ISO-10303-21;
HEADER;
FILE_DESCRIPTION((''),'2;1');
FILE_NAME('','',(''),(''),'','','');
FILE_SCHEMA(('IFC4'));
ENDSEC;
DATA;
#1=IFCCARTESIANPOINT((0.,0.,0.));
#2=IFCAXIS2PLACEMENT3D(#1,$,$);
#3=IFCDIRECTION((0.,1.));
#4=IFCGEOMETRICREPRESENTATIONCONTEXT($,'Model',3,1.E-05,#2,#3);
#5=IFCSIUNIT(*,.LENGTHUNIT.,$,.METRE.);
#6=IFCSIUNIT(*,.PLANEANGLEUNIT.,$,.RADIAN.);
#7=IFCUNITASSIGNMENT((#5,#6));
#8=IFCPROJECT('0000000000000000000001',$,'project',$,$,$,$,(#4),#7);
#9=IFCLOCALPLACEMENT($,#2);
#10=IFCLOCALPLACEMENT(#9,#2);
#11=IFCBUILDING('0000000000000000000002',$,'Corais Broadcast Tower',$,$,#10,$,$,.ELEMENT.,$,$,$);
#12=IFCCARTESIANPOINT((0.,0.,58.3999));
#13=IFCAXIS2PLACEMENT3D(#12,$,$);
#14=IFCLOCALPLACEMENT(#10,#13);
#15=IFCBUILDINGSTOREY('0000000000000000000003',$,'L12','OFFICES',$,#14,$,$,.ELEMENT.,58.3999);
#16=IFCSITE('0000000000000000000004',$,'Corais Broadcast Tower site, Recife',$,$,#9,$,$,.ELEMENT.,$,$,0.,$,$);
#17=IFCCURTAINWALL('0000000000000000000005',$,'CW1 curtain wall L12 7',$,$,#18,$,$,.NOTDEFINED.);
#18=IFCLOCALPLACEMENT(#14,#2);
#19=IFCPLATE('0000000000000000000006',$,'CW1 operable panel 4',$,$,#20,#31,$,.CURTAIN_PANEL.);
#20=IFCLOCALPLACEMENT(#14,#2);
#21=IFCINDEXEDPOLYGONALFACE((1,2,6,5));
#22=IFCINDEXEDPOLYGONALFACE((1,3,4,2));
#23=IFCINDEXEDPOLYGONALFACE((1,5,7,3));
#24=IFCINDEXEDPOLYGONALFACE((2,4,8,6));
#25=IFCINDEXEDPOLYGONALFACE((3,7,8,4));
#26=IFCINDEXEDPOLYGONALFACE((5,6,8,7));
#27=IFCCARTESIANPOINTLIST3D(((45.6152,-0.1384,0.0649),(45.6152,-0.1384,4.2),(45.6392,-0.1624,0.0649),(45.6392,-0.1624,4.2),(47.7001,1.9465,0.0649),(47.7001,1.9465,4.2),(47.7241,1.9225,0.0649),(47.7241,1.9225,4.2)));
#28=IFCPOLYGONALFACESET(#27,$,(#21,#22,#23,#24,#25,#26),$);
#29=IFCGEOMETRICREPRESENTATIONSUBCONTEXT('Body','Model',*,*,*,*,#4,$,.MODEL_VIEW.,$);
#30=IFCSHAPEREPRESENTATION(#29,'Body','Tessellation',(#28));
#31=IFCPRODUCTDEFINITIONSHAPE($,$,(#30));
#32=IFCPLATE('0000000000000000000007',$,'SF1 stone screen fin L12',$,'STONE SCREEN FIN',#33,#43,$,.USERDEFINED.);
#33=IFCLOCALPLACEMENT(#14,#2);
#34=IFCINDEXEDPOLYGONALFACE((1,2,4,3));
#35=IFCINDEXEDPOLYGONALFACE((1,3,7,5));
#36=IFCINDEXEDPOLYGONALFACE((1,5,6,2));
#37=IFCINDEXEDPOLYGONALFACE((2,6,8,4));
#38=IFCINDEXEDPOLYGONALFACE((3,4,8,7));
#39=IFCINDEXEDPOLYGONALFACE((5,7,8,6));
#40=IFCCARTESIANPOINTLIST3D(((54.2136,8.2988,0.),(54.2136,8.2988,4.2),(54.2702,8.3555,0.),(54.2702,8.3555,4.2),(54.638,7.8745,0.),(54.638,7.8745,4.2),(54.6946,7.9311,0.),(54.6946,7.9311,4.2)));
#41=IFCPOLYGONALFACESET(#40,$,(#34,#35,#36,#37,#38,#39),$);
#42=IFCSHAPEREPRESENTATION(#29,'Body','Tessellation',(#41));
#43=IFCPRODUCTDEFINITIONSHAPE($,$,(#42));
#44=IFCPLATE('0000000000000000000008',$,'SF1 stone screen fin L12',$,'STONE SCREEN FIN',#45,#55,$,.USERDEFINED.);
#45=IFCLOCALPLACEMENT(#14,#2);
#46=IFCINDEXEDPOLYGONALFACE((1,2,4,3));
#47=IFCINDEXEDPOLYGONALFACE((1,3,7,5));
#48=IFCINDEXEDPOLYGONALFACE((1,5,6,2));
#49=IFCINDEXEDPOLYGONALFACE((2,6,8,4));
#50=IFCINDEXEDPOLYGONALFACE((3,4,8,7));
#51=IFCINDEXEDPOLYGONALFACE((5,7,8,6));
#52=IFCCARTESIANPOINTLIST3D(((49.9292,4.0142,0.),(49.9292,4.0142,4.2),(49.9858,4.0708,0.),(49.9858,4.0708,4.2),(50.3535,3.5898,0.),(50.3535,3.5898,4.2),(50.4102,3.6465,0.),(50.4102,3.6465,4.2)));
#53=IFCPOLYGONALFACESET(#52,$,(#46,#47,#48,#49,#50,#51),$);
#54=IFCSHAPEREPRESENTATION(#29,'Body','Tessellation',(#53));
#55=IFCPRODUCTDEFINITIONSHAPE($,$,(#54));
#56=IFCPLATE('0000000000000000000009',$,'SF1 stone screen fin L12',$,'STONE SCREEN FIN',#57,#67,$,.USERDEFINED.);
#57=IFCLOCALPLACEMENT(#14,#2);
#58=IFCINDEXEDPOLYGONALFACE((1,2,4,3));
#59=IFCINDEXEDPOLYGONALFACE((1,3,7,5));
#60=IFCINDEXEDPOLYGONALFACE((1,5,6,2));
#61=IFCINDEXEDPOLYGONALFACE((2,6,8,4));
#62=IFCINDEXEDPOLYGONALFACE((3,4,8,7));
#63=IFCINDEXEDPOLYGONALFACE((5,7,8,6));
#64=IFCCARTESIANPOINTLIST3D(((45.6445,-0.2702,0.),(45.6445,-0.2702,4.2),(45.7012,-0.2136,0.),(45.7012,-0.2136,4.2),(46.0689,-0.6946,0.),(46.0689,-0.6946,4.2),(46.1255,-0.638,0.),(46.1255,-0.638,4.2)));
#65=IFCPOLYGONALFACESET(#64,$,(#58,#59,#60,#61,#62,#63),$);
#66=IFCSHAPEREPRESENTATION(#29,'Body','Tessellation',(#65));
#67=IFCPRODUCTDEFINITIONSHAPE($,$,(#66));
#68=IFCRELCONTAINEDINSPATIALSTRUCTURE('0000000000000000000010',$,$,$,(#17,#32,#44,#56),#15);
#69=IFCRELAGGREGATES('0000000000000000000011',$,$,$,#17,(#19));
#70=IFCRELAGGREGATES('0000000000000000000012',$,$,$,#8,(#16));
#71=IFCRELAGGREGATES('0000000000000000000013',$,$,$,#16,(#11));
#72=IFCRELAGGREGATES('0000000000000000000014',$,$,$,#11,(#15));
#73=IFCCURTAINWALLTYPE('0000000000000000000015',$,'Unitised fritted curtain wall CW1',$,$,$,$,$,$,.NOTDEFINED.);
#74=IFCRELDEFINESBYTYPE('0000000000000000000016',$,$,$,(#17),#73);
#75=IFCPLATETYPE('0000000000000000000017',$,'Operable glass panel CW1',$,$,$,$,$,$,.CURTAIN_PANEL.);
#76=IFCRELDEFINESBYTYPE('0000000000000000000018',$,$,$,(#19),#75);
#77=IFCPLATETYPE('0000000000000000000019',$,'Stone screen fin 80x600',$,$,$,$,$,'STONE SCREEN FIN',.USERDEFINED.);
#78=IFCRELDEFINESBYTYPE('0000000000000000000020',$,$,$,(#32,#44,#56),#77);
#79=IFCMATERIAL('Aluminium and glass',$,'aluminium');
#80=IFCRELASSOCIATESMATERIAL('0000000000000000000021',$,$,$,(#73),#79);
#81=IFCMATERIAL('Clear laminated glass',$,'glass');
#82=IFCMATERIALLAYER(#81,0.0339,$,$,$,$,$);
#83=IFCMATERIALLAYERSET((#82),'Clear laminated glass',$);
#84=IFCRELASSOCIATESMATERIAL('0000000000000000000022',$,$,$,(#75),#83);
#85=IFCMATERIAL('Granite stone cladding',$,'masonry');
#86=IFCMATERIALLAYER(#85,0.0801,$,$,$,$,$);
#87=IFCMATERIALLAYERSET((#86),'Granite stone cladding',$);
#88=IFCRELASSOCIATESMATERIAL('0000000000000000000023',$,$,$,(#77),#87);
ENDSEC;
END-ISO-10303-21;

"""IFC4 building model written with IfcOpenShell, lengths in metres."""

from ifc_helpers import new_model, si_unit, direction, frame, origin, origin_2d, place, context, subcontext, project, spatial, rectangle, extrude, material, layer, layer_set, type_object, element, aggregate, save


model = new_model("IFC4")

# Units and contexts
model_context = context("Model", 3, precision=1e-05, world=origin(), true_north=direction((0.0, 1.0)))
body_context = subcontext(model_context, "Body", "Model", "MODEL_VIEW")
ifc_project = project(units=[si_unit("LENGTHUNIT", "METRE"), si_unit("PLANEANGLEUNIT", "RADIAN")], contexts=[model_context])

# Site, building, storey
site_placement = place(None, origin())
site = spatial("IfcSite", under=ifc_project, at=site_placement, Name="Corais Broadcast Tower site, Recife", CompositionType="ELEMENT", RefElevation=0.0)
building_placement = place(site_placement, origin())
building = spatial("IfcBuilding", under=site, at=building_placement, Name="Corais Broadcast Tower", CompositionType="ELEMENT")
storey_placement = place(building_placement, frame((0.0, 0.0, 58.3999)))
storey = spatial("IfcBuildingStorey", under=building, at=storey_placement, Name="L12", Description="OFFICES", CompositionType="ELEMENT", Elevation=58.3999)

# Shared definitions
ifc_material_1 = material(Name="Aluminium and glass", Category="aluminium")
curtain_wall_type = type_object("IfcCurtainWallType", Name="Unitised fritted curtain wall CW1", PredefinedType="NOTDEFINED", material=ifc_material_1)

# Curtain wall
curtain_wall_1_placement = place(storey_placement, origin())
curtain_wall_1 = element("IfcCurtainWall", 1, at=curtain_wall_1_placement, inside=storey, type_object=curtain_wall_type, Name="CW1 curtain wall L12 7", PredefinedType="NOTDEFINED")

# Plate
ifc_material_2 = material(Name="Clear laminated glass", Category="glass")
ifc_layer_1 = layer(ifc_material_2, 0.0339)
ifc_layer_set_1 = layer_set([ifc_layer_1], Name="Clear laminated glass")
plate_type_1 = type_object("IfcPlateType", Name="Operable glass panel CW1", PredefinedType="CURTAIN_PANEL", material=ifc_layer_set_1)
plate_1_placement = place(storey_placement, frame((46.6697, 0.8921, 0.0649), z_axis=(0.0, 0.0, 1.0), x_axis=(-0.707107, -0.707107, 0.0)))
plate_1 = element("IfcPlate", 2, at=plate_1_placement, type_object=plate_type_1, Name="CW1 operable panel 4", PredefinedType="CURTAIN_PANEL", context=body_context, shape_type="SweptSolid", body=[
    extrude(rectangle(XDim=2.9485, YDim=0.0339, at=origin_2d()), origin(), (0.0, 0.0, 1.0), 4.135),
])
aggregate(curtain_wall_1, [plate_1])

# Plates
ifc_material_3 = material(Name="Granite stone cladding", Category="masonry")
ifc_layer_2 = layer(ifc_material_3, 0.0801)
ifc_layer_set_2 = layer_set([ifc_layer_2], Name="Granite stone cladding")
plate_type_2 = type_object("IfcPlateType", Name="Stone screen fin 80x600", ElementType="STONE SCREEN FIN", PredefinedType="USERDEFINED", material=ifc_layer_set_2)
for number, where, z_axis, x_axis, name in (
    (3, (54.4541, 8.115, 0.0), (0.0, 0.0, 1.0), (-0.707107, -0.707107, 0.0), "SF1 stone screen fin L12"),
    (4, (50.1697, 3.8303, 0.0), (0.0, 0.0, 1.0), (-0.707107, -0.707107, 0.0), "SF1 stone screen fin L12"),
    (5, (45.885, -0.4541, 0.0), (0.0, 0.0, 1.0), (-0.707107, -0.707107, 0.0), "SF1 stone screen fin L12"),
):
    element("IfcPlate", number, at=place(storey_placement, frame(where, z_axis=z_axis, x_axis=x_axis)), inside=storey, type_object=plate_type_2, Name=name, ObjectType="STONE SCREEN FIN", PredefinedType="USERDEFINED", context=body_context, shape_type="SweptSolid", body=[
        extrude(rectangle(XDim=0.0801, YDim=0.6001, at=origin_2d()), origin(), (0.0, 0.0, 1.0), 4.2),
    ])

save(model, "model.ifc")
